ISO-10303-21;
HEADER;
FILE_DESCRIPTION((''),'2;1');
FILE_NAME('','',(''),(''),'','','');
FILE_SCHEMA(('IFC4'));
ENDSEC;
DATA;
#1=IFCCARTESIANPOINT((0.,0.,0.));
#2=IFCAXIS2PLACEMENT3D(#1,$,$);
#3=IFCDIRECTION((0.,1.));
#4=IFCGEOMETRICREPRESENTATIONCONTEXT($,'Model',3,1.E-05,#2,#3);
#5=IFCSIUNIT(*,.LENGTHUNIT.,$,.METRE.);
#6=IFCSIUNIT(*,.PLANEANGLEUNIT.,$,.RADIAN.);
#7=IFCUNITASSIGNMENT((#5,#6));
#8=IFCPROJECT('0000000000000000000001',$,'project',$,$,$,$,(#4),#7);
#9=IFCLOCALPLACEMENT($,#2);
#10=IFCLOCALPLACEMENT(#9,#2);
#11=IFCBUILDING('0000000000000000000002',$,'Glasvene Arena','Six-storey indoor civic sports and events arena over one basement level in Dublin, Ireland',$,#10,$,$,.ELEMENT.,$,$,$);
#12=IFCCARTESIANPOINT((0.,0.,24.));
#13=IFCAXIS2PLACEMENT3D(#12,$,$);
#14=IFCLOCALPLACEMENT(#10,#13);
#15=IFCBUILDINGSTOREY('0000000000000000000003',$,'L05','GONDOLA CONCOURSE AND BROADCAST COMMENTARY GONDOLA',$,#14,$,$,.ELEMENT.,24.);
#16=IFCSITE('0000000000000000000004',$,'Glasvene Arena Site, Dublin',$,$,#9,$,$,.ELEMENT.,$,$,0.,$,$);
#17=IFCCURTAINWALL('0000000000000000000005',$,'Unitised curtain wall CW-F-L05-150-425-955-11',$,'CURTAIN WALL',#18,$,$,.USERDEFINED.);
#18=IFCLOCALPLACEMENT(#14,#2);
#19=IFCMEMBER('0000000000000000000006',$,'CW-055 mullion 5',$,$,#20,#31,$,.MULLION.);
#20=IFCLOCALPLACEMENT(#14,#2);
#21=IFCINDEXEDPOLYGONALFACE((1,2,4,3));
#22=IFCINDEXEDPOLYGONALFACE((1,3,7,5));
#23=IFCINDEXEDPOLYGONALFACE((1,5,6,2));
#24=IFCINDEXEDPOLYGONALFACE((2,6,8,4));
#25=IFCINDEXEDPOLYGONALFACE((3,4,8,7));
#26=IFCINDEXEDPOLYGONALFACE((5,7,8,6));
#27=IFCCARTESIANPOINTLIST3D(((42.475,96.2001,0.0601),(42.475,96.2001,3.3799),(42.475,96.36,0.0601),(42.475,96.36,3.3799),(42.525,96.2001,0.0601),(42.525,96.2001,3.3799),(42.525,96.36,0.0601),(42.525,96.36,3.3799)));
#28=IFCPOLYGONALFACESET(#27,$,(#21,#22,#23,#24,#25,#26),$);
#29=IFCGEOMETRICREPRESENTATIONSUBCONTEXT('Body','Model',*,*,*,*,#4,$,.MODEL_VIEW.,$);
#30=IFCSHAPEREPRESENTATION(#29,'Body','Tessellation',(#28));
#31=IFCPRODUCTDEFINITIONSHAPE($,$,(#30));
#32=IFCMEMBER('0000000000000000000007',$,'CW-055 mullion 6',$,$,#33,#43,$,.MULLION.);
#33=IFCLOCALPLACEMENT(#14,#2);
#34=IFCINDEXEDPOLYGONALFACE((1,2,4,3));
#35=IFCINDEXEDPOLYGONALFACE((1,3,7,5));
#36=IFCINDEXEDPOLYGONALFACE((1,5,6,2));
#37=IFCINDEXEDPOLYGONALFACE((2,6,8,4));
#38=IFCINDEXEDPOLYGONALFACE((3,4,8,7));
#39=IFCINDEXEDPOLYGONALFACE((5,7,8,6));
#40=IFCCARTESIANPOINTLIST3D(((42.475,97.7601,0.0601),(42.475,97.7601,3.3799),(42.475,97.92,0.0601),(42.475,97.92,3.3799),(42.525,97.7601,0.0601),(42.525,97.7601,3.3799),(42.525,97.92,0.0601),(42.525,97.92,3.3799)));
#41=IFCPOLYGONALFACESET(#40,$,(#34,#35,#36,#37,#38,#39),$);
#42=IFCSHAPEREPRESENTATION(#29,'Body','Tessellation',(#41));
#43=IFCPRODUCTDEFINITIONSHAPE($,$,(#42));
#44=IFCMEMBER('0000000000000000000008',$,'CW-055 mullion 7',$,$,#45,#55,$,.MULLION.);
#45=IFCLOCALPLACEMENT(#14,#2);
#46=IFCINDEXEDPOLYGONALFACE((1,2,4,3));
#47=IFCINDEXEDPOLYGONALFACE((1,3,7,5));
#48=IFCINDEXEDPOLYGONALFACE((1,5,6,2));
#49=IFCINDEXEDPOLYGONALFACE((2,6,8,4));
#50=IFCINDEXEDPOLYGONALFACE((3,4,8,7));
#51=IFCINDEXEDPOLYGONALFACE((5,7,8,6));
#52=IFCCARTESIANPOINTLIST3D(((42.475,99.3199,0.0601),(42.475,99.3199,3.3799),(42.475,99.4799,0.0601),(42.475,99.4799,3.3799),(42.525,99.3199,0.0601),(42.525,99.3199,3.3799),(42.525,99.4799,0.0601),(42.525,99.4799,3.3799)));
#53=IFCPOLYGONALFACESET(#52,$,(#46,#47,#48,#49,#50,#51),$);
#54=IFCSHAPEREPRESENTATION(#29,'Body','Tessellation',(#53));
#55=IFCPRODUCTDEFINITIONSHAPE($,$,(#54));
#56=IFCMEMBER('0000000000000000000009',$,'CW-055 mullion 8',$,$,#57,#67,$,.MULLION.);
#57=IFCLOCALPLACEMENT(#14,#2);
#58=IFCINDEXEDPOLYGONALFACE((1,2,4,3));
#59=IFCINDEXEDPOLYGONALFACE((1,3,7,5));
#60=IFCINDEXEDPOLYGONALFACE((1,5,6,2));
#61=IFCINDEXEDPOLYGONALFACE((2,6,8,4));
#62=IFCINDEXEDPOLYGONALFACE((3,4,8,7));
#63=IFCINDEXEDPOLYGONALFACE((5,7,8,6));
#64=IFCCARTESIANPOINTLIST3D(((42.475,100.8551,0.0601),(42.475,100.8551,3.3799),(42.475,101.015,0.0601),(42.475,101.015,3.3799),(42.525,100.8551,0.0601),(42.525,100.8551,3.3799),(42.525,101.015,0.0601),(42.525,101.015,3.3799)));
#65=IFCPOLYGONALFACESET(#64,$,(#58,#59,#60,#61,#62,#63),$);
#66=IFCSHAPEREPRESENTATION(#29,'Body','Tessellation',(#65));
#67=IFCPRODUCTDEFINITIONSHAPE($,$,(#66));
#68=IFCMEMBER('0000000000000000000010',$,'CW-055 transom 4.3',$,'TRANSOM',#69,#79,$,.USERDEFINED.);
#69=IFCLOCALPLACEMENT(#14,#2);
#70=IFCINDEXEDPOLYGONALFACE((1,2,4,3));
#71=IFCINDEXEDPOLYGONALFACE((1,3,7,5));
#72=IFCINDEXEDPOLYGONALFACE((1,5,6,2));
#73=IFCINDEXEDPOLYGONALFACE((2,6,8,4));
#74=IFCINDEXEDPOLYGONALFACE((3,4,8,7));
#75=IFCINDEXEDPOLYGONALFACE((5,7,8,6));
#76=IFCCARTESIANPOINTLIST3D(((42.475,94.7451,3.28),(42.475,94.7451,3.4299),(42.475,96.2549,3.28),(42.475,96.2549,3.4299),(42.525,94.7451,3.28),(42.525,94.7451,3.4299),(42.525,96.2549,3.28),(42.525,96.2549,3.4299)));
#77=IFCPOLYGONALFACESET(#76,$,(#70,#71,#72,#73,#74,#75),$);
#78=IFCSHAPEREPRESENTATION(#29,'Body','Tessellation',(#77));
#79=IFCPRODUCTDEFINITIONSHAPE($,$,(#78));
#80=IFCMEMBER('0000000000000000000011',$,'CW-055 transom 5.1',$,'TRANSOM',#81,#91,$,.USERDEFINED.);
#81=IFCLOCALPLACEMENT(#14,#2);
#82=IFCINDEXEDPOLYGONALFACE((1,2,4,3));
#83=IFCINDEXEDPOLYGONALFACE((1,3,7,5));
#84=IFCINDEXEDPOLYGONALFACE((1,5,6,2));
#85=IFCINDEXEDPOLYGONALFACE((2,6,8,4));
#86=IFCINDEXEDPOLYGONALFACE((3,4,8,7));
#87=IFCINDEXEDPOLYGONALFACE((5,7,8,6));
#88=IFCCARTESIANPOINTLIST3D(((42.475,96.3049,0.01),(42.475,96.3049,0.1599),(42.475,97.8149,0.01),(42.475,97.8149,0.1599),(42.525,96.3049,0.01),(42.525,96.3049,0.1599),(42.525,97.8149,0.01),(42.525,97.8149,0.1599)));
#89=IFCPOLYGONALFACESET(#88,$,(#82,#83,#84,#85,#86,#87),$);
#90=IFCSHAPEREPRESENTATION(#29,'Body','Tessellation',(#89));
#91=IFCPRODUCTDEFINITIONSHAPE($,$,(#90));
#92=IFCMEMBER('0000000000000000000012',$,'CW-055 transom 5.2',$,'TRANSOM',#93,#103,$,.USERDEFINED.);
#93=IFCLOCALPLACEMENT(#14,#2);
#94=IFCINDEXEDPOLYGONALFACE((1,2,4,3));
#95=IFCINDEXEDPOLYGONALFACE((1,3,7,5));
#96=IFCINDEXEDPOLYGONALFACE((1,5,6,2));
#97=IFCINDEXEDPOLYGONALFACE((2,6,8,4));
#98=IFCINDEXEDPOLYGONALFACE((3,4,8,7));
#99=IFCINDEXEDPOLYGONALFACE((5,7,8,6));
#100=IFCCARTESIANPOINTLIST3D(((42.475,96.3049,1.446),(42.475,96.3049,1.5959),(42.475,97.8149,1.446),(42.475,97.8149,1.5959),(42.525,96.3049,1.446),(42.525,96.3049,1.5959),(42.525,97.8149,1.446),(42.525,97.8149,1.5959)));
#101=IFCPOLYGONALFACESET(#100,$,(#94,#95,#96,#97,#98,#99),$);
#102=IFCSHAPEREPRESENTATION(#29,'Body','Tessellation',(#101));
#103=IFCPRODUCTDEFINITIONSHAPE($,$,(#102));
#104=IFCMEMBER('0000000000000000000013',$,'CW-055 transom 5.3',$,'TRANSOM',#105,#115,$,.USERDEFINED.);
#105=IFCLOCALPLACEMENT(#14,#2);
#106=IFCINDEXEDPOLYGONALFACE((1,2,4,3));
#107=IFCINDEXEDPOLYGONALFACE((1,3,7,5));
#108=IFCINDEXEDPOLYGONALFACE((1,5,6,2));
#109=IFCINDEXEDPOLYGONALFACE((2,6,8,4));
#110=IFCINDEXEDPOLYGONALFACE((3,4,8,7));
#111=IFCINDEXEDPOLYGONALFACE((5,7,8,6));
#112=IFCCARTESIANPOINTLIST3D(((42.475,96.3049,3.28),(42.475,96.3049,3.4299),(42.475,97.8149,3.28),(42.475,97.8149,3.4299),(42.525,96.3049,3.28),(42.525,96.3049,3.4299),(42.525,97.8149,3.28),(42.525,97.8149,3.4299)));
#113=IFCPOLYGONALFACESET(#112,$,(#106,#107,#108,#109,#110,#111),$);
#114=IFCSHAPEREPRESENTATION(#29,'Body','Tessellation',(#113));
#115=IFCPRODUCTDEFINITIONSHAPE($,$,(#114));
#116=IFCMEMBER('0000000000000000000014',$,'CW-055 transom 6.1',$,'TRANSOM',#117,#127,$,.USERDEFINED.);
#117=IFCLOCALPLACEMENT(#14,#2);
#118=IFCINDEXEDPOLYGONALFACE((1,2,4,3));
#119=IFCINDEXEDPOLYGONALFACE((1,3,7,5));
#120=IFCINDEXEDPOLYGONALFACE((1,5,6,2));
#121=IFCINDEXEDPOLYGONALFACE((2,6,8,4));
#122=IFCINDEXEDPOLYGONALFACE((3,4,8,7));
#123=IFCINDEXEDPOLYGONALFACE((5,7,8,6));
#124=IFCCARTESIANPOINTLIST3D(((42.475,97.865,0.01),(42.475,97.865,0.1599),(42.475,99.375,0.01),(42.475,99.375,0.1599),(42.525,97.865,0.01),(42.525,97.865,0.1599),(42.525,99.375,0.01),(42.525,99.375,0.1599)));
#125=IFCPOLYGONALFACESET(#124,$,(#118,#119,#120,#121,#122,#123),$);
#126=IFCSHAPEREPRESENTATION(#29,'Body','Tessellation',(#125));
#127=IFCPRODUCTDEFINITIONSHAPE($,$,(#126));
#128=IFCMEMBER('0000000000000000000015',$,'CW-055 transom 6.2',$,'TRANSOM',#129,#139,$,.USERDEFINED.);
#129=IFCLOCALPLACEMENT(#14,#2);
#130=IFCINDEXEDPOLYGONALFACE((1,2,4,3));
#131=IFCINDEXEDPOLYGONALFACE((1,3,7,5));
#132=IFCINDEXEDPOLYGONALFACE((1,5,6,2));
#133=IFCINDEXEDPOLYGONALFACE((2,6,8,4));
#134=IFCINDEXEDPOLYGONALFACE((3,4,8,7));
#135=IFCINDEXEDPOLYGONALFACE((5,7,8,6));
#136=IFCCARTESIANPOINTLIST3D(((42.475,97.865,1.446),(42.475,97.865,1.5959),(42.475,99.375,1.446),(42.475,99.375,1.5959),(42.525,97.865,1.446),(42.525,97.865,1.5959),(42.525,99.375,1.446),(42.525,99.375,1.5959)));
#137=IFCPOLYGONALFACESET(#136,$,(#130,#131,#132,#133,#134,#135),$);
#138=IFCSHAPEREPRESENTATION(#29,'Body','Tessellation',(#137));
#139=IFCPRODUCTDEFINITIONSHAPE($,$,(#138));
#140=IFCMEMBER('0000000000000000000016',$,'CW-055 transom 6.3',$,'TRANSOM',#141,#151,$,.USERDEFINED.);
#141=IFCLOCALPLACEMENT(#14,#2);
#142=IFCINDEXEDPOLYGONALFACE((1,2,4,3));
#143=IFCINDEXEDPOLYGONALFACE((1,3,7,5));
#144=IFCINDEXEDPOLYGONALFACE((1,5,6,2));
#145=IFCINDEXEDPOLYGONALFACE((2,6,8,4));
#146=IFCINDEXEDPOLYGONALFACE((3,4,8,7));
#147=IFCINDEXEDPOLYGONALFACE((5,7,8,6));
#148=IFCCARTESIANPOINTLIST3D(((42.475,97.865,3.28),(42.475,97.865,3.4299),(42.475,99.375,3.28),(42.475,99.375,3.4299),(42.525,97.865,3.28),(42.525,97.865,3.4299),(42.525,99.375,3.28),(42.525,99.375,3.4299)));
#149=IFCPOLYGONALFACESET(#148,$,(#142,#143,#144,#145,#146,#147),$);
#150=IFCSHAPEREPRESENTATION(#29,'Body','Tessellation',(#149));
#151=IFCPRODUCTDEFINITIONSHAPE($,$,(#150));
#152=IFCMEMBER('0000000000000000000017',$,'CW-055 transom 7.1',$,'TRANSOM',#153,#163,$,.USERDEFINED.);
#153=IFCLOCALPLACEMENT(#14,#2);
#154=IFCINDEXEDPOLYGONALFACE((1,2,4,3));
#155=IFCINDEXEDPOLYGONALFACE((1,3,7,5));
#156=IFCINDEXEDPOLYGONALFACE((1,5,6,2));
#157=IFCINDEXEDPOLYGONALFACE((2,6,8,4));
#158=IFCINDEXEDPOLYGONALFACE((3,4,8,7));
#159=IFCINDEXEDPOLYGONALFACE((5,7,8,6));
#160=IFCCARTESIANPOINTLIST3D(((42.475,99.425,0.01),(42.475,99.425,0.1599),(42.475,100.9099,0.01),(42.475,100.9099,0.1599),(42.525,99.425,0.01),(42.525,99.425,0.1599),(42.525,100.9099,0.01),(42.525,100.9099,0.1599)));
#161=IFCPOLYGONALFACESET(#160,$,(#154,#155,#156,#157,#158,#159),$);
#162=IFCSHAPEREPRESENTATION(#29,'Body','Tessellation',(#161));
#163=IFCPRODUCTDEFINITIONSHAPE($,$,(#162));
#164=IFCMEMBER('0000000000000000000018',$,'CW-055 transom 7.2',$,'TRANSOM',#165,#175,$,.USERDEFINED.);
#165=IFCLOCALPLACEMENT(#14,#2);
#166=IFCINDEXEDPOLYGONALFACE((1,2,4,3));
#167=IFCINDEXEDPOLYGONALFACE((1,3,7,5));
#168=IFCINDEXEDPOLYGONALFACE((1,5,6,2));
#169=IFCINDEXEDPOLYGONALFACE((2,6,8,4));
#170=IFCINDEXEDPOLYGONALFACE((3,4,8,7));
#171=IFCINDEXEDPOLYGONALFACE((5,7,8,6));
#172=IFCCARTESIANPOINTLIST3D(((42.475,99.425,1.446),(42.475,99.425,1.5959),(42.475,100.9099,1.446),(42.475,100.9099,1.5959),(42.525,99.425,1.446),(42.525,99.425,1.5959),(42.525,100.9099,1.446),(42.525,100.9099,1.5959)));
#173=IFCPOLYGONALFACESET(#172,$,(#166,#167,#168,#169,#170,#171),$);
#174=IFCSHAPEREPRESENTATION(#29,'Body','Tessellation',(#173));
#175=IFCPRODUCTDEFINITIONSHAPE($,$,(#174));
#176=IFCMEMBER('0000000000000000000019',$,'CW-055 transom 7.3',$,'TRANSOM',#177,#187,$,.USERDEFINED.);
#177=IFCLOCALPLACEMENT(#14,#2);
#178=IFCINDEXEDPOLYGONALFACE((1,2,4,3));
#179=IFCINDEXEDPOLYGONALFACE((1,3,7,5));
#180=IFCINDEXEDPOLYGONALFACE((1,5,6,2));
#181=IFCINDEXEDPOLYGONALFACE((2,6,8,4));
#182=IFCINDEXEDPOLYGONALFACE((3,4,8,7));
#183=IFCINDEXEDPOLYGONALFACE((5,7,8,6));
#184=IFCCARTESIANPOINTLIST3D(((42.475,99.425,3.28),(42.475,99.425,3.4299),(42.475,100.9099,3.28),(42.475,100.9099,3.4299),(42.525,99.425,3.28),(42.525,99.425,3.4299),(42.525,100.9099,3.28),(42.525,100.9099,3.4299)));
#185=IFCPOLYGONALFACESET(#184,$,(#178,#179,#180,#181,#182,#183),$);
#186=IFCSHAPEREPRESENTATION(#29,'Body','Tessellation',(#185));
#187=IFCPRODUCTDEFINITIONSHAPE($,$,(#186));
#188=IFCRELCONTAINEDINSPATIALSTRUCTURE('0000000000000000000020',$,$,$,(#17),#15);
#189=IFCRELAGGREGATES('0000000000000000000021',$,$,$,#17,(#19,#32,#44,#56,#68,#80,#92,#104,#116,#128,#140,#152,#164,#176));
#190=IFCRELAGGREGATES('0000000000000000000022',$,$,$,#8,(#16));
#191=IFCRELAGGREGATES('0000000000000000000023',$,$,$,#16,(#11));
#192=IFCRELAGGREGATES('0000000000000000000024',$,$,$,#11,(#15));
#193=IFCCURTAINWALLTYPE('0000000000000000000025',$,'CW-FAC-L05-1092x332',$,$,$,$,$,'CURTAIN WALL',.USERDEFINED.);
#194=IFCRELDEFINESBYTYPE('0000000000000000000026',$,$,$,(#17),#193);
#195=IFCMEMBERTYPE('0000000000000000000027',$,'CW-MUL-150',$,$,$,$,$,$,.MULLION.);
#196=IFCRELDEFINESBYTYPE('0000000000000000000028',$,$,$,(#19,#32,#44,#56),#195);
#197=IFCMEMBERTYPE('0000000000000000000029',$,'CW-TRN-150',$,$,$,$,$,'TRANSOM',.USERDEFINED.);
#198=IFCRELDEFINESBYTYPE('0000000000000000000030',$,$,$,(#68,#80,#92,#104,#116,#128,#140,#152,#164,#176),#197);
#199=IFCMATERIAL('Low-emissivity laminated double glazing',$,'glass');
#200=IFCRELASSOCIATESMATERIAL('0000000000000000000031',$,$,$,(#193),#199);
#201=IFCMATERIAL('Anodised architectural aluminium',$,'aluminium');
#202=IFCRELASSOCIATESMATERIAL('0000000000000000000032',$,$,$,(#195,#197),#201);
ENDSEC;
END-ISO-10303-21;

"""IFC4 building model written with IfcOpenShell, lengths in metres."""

from ifc_helpers import new_model, si_unit, direction, frame, origin, origin_2d, place, context, subcontext, project, spatial, rectangle, extrude, material, material_profile, profile_set, type_object, element, aggregate, save


model = new_model("IFC4")

# Units and contexts
model_context = context("Model", 3, precision=1e-05, world=origin(), true_north=direction((0.0, 1.0)))
body_context = subcontext(model_context, "Body", "Model", "MODEL_VIEW")
ifc_project = project(units=[si_unit("LENGTHUNIT", "METRE"), si_unit("PLANEANGLEUNIT", "RADIAN")], contexts=[model_context])

# Site, building, storey
site_placement = place(None, origin())
site = spatial("IfcSite", under=ifc_project, at=site_placement, Name="Glasvene Arena Site, Dublin", CompositionType="ELEMENT", RefElevation=0.0)
building_placement = place(site_placement, origin())
building = spatial("IfcBuilding", under=site, at=building_placement, Name="Glasvene Arena", Description="Six-storey indoor civic sports and events arena over one basement level in Dublin, Ireland", CompositionType="ELEMENT")
storey_placement = place(building_placement, frame((0.0, 0.0, 24.0)))
storey = spatial("IfcBuildingStorey", under=building, at=storey_placement, Name="L05", Description="GONDOLA CONCOURSE AND BROADCAST COMMENTARY GONDOLA", CompositionType="ELEMENT", Elevation=24.0)

# Curtain wall, members
ifc_material_1 = material(Name="Low-emissivity laminated double glazing", Category="glass")
curtain_wall_type = type_object("IfcCurtainWallType", Name="CW-FAC-L05-1092x332", ElementType="CURTAIN WALL", PredefinedType="USERDEFINED", material=ifc_material_1)
curtain_wall_placement = place(storey_placement, frame((42.5, 90.04, 0.0)))
curtain_wall = element("IfcCurtainWall", 1, at=curtain_wall_placement, inside=storey, type_object=curtain_wall_type, Name="Unitised curtain wall CW-F-L05-150-425-955-11", ObjectType="CURTAIN WALL", PredefinedType="USERDEFINED")
ifc_material_2 = material(Name="Anodised architectural aluminium", Category="aluminium")
ifc_material_profile_1 = material_profile(ifc_material_2, rectangle(XDim=0.05, YDim=0.1599, at=origin_2d()), Name="ALU MULLION 50x160")
ifc_profile_set_1 = profile_set([ifc_material_profile_1], Name="Anodised architectural aluminium")
member_type_1 = type_object("IfcMemberType", Name="CW-MUL-150", PredefinedType="MULLION", material=ifc_profile_set_1)
member_1_placement = place(storey_placement, frame((42.5, 96.28, 0.0601), z_axis=(0.0, 0.0, 1.0), x_axis=(-1.0, 0.0, 0.0)))
member_1 = element("IfcMember", 2, at=member_1_placement, type_object=member_type_1, Name="CW-055 mullion 5", PredefinedType="MULLION", context=body_context, shape_type="SweptSolid", body=[
    extrude(rectangle(XDim=0.05, YDim=0.1599, at=origin_2d()), origin(), (0.0, 0.0, 1.0), 3.3198),
])
member_2_placement = place(storey_placement, frame((42.5, 97.8401, 0.0601), z_axis=(0.0, 0.0, 1.0), x_axis=(-1.0, 0.0, 0.0)))
member_2 = element("IfcMember", 3, at=member_2_placement, type_object=member_type_1, Name="CW-055 mullion 6", PredefinedType="MULLION", context=body_context, shape_type="SweptSolid", body=[
    extrude(rectangle(XDim=0.05, YDim=0.1599, at=origin_2d()), origin(), (0.0, 0.0, 1.0), 3.3198),
])
member_3_placement = place(storey_placement, frame((42.5, 99.3999, 0.0601), z_axis=(0.0, 0.0, 1.0), x_axis=(-1.0, 0.0, 0.0)))
member_3 = element("IfcMember", 4, at=member_3_placement, type_object=member_type_1, Name="CW-055 mullion 7", PredefinedType="MULLION", context=body_context, shape_type="SweptSolid", body=[
    extrude(rectangle(XDim=0.05, YDim=0.1599, at=origin_2d()), origin(), (0.0, 0.0, 1.0), 3.3198),
])
member_4_placement = place(storey_placement, frame((42.5, 100.9351, 0.0601), z_axis=(0.0, 0.0, 1.0), x_axis=(-1.0, 0.0, 0.0)))
member_4 = element("IfcMember", 5, at=member_4_placement, type_object=member_type_1, Name="CW-055 mullion 8", PredefinedType="MULLION", context=body_context, shape_type="SweptSolid", body=[
    extrude(rectangle(XDim=0.05, YDim=0.1599, at=origin_2d()), origin(), (0.0, 0.0, 1.0), 3.3198),
])
ifc_material_profile_2 = material_profile(ifc_material_2, rectangle(XDim=0.05, YDim=0.1499, at=origin_2d()), Name="ALU TRANSOM 50x150")
ifc_profile_set_2 = profile_set([ifc_material_profile_2], Name="Anodised architectural aluminium")
member_type_2 = type_object("IfcMemberType", Name="CW-TRN-150", ElementType="TRANSOM", PredefinedType="USERDEFINED", material=ifc_profile_set_2)
member_5_placement = place(storey_placement, frame((42.5, 94.7451, 3.355), z_axis=(0.0, 1.0, 0.0), x_axis=(-1.0, 0.0, 0.0)))
member_5 = element("IfcMember", 6, at=member_5_placement, type_object=member_type_2, Name="CW-055 transom 4.3", ObjectType="TRANSOM", PredefinedType="USERDEFINED", context=body_context, shape_type="SweptSolid", body=[
    extrude(rectangle(XDim=0.05, YDim=0.1499, at=origin_2d()), origin(), (0.0, 0.0, 1.0), 1.5098),
])
member_6_placement = place(storey_placement, frame((42.5, 96.3049, 0.085), z_axis=(0.0, 1.0, 0.0), x_axis=(-1.0, 0.0, 0.0)))
member_6 = element("IfcMember", 7, at=member_6_placement, type_object=member_type_2, Name="CW-055 transom 5.1", ObjectType="TRANSOM", PredefinedType="USERDEFINED", context=body_context, shape_type="SweptSolid", body=[
    extrude(rectangle(XDim=0.05, YDim=0.1499, at=origin_2d()), origin(), (0.0, 0.0, 1.0), 1.51),
])
member_7_placement = place(storey_placement, frame((42.5, 96.3049, 1.521), z_axis=(0.0, 1.0, 0.0), x_axis=(-1.0, 0.0, 0.0)))
member_7 = element("IfcMember", 8, at=member_7_placement, type_object=member_type_2, Name="CW-055 transom 5.2", ObjectType="TRANSOM", PredefinedType="USERDEFINED", context=body_context, shape_type="SweptSolid", body=[
    extrude(rectangle(XDim=0.05, YDim=0.1499, at=origin_2d()), origin(), (0.0, 0.0, 1.0), 1.51),
])
member_8_placement = place(storey_placement, frame((42.5, 96.3049, 3.355), z_axis=(0.0, 1.0, 0.0), x_axis=(-1.0, 0.0, 0.0)))
member_8 = element("IfcMember", 9, at=member_8_placement, type_object=member_type_2, Name="CW-055 transom 5.3", ObjectType="TRANSOM", PredefinedType="USERDEFINED", context=body_context, shape_type="SweptSolid", body=[
    extrude(rectangle(XDim=0.05, YDim=0.1499, at=origin_2d()), origin(), (0.0, 0.0, 1.0), 1.51),
])
member_9_placement = place(storey_placement, frame((42.5, 97.865, 0.085), z_axis=(0.0, 1.0, 0.0), x_axis=(-1.0, 0.0, 0.0)))
member_9 = element("IfcMember", 10, at=member_9_placement, type_object=member_type_2, Name="CW-055 transom 6.1", ObjectType="TRANSOM", PredefinedType="USERDEFINED", context=body_context, shape_type="SweptSolid", body=[
    extrude(rectangle(XDim=0.05, YDim=0.1499, at=origin_2d()), origin(), (0.0, 0.0, 1.0), 1.51),
])
member_10_placement = place(storey_placement, frame((42.5, 97.865, 1.521), z_axis=(0.0, 1.0, 0.0), x_axis=(-1.0, 0.0, 0.0)))
member_10 = element("IfcMember", 11, at=member_10_placement, type_object=member_type_2, Name="CW-055 transom 6.2", ObjectType="TRANSOM", PredefinedType="USERDEFINED", context=body_context, shape_type="SweptSolid", body=[
    extrude(rectangle(XDim=0.05, YDim=0.1499, at=origin_2d()), origin(), (0.0, 0.0, 1.0), 1.51),
])
member_11_placement = place(storey_placement, frame((42.5, 97.865, 3.355), z_axis=(0.0, 1.0, 0.0), x_axis=(-1.0, 0.0, 0.0)))
member_11 = element("IfcMember", 12, at=member_11_placement, type_object=member_type_2, Name="CW-055 transom 6.3", ObjectType="TRANSOM", PredefinedType="USERDEFINED", context=body_context, shape_type="SweptSolid", body=[
    extrude(rectangle(XDim=0.05, YDim=0.1499, at=origin_2d()), origin(), (0.0, 0.0, 1.0), 1.51),
])
member_12_placement = place(storey_placement, frame((42.5, 99.425, 0.085), z_axis=(0.0, 1.0, 0.0), x_axis=(-1.0, 0.0, 0.0)))
member_12 = element("IfcMember", 13, at=member_12_placement, type_object=member_type_2, Name="CW-055 transom 7.1", ObjectType="TRANSOM", PredefinedType="USERDEFINED", context=body_context, shape_type="SweptSolid", body=[
    extrude(rectangle(XDim=0.05, YDim=0.1499, at=origin_2d()), origin(), (0.0, 0.0, 1.0), 1.4849),
])
member_13_placement = place(storey_placement, frame((42.5, 99.425, 1.521), z_axis=(0.0, 1.0, 0.0), x_axis=(-1.0, 0.0, 0.0)))
member_13 = element("IfcMember", 14, at=member_13_placement, type_object=member_type_2, Name="CW-055 transom 7.2", ObjectType="TRANSOM", PredefinedType="USERDEFINED", context=body_context, shape_type="SweptSolid", body=[
    extrude(rectangle(XDim=0.05, YDim=0.1499, at=origin_2d()), origin(), (0.0, 0.0, 1.0), 1.4849),
])
member_14_placement = place(storey_placement, frame((42.5, 99.425, 3.355), z_axis=(0.0, 1.0, 0.0), x_axis=(-1.0, 0.0, 0.0)))
member_14 = element("IfcMember", 15, at=member_14_placement, type_object=member_type_2, Name="CW-055 transom 7.3", ObjectType="TRANSOM", PredefinedType="USERDEFINED", context=body_context, shape_type="SweptSolid", body=[
    extrude(rectangle(XDim=0.05, YDim=0.1499, at=origin_2d()), origin(), (0.0, 0.0, 1.0), 1.4849),
])
aggregate(curtain_wall, [member_1, member_2, member_3, member_4, member_5, member_6, member_7, member_8, member_9, member_10, member_11, member_12, member_13, member_14])

save(model, "model.ifc")
